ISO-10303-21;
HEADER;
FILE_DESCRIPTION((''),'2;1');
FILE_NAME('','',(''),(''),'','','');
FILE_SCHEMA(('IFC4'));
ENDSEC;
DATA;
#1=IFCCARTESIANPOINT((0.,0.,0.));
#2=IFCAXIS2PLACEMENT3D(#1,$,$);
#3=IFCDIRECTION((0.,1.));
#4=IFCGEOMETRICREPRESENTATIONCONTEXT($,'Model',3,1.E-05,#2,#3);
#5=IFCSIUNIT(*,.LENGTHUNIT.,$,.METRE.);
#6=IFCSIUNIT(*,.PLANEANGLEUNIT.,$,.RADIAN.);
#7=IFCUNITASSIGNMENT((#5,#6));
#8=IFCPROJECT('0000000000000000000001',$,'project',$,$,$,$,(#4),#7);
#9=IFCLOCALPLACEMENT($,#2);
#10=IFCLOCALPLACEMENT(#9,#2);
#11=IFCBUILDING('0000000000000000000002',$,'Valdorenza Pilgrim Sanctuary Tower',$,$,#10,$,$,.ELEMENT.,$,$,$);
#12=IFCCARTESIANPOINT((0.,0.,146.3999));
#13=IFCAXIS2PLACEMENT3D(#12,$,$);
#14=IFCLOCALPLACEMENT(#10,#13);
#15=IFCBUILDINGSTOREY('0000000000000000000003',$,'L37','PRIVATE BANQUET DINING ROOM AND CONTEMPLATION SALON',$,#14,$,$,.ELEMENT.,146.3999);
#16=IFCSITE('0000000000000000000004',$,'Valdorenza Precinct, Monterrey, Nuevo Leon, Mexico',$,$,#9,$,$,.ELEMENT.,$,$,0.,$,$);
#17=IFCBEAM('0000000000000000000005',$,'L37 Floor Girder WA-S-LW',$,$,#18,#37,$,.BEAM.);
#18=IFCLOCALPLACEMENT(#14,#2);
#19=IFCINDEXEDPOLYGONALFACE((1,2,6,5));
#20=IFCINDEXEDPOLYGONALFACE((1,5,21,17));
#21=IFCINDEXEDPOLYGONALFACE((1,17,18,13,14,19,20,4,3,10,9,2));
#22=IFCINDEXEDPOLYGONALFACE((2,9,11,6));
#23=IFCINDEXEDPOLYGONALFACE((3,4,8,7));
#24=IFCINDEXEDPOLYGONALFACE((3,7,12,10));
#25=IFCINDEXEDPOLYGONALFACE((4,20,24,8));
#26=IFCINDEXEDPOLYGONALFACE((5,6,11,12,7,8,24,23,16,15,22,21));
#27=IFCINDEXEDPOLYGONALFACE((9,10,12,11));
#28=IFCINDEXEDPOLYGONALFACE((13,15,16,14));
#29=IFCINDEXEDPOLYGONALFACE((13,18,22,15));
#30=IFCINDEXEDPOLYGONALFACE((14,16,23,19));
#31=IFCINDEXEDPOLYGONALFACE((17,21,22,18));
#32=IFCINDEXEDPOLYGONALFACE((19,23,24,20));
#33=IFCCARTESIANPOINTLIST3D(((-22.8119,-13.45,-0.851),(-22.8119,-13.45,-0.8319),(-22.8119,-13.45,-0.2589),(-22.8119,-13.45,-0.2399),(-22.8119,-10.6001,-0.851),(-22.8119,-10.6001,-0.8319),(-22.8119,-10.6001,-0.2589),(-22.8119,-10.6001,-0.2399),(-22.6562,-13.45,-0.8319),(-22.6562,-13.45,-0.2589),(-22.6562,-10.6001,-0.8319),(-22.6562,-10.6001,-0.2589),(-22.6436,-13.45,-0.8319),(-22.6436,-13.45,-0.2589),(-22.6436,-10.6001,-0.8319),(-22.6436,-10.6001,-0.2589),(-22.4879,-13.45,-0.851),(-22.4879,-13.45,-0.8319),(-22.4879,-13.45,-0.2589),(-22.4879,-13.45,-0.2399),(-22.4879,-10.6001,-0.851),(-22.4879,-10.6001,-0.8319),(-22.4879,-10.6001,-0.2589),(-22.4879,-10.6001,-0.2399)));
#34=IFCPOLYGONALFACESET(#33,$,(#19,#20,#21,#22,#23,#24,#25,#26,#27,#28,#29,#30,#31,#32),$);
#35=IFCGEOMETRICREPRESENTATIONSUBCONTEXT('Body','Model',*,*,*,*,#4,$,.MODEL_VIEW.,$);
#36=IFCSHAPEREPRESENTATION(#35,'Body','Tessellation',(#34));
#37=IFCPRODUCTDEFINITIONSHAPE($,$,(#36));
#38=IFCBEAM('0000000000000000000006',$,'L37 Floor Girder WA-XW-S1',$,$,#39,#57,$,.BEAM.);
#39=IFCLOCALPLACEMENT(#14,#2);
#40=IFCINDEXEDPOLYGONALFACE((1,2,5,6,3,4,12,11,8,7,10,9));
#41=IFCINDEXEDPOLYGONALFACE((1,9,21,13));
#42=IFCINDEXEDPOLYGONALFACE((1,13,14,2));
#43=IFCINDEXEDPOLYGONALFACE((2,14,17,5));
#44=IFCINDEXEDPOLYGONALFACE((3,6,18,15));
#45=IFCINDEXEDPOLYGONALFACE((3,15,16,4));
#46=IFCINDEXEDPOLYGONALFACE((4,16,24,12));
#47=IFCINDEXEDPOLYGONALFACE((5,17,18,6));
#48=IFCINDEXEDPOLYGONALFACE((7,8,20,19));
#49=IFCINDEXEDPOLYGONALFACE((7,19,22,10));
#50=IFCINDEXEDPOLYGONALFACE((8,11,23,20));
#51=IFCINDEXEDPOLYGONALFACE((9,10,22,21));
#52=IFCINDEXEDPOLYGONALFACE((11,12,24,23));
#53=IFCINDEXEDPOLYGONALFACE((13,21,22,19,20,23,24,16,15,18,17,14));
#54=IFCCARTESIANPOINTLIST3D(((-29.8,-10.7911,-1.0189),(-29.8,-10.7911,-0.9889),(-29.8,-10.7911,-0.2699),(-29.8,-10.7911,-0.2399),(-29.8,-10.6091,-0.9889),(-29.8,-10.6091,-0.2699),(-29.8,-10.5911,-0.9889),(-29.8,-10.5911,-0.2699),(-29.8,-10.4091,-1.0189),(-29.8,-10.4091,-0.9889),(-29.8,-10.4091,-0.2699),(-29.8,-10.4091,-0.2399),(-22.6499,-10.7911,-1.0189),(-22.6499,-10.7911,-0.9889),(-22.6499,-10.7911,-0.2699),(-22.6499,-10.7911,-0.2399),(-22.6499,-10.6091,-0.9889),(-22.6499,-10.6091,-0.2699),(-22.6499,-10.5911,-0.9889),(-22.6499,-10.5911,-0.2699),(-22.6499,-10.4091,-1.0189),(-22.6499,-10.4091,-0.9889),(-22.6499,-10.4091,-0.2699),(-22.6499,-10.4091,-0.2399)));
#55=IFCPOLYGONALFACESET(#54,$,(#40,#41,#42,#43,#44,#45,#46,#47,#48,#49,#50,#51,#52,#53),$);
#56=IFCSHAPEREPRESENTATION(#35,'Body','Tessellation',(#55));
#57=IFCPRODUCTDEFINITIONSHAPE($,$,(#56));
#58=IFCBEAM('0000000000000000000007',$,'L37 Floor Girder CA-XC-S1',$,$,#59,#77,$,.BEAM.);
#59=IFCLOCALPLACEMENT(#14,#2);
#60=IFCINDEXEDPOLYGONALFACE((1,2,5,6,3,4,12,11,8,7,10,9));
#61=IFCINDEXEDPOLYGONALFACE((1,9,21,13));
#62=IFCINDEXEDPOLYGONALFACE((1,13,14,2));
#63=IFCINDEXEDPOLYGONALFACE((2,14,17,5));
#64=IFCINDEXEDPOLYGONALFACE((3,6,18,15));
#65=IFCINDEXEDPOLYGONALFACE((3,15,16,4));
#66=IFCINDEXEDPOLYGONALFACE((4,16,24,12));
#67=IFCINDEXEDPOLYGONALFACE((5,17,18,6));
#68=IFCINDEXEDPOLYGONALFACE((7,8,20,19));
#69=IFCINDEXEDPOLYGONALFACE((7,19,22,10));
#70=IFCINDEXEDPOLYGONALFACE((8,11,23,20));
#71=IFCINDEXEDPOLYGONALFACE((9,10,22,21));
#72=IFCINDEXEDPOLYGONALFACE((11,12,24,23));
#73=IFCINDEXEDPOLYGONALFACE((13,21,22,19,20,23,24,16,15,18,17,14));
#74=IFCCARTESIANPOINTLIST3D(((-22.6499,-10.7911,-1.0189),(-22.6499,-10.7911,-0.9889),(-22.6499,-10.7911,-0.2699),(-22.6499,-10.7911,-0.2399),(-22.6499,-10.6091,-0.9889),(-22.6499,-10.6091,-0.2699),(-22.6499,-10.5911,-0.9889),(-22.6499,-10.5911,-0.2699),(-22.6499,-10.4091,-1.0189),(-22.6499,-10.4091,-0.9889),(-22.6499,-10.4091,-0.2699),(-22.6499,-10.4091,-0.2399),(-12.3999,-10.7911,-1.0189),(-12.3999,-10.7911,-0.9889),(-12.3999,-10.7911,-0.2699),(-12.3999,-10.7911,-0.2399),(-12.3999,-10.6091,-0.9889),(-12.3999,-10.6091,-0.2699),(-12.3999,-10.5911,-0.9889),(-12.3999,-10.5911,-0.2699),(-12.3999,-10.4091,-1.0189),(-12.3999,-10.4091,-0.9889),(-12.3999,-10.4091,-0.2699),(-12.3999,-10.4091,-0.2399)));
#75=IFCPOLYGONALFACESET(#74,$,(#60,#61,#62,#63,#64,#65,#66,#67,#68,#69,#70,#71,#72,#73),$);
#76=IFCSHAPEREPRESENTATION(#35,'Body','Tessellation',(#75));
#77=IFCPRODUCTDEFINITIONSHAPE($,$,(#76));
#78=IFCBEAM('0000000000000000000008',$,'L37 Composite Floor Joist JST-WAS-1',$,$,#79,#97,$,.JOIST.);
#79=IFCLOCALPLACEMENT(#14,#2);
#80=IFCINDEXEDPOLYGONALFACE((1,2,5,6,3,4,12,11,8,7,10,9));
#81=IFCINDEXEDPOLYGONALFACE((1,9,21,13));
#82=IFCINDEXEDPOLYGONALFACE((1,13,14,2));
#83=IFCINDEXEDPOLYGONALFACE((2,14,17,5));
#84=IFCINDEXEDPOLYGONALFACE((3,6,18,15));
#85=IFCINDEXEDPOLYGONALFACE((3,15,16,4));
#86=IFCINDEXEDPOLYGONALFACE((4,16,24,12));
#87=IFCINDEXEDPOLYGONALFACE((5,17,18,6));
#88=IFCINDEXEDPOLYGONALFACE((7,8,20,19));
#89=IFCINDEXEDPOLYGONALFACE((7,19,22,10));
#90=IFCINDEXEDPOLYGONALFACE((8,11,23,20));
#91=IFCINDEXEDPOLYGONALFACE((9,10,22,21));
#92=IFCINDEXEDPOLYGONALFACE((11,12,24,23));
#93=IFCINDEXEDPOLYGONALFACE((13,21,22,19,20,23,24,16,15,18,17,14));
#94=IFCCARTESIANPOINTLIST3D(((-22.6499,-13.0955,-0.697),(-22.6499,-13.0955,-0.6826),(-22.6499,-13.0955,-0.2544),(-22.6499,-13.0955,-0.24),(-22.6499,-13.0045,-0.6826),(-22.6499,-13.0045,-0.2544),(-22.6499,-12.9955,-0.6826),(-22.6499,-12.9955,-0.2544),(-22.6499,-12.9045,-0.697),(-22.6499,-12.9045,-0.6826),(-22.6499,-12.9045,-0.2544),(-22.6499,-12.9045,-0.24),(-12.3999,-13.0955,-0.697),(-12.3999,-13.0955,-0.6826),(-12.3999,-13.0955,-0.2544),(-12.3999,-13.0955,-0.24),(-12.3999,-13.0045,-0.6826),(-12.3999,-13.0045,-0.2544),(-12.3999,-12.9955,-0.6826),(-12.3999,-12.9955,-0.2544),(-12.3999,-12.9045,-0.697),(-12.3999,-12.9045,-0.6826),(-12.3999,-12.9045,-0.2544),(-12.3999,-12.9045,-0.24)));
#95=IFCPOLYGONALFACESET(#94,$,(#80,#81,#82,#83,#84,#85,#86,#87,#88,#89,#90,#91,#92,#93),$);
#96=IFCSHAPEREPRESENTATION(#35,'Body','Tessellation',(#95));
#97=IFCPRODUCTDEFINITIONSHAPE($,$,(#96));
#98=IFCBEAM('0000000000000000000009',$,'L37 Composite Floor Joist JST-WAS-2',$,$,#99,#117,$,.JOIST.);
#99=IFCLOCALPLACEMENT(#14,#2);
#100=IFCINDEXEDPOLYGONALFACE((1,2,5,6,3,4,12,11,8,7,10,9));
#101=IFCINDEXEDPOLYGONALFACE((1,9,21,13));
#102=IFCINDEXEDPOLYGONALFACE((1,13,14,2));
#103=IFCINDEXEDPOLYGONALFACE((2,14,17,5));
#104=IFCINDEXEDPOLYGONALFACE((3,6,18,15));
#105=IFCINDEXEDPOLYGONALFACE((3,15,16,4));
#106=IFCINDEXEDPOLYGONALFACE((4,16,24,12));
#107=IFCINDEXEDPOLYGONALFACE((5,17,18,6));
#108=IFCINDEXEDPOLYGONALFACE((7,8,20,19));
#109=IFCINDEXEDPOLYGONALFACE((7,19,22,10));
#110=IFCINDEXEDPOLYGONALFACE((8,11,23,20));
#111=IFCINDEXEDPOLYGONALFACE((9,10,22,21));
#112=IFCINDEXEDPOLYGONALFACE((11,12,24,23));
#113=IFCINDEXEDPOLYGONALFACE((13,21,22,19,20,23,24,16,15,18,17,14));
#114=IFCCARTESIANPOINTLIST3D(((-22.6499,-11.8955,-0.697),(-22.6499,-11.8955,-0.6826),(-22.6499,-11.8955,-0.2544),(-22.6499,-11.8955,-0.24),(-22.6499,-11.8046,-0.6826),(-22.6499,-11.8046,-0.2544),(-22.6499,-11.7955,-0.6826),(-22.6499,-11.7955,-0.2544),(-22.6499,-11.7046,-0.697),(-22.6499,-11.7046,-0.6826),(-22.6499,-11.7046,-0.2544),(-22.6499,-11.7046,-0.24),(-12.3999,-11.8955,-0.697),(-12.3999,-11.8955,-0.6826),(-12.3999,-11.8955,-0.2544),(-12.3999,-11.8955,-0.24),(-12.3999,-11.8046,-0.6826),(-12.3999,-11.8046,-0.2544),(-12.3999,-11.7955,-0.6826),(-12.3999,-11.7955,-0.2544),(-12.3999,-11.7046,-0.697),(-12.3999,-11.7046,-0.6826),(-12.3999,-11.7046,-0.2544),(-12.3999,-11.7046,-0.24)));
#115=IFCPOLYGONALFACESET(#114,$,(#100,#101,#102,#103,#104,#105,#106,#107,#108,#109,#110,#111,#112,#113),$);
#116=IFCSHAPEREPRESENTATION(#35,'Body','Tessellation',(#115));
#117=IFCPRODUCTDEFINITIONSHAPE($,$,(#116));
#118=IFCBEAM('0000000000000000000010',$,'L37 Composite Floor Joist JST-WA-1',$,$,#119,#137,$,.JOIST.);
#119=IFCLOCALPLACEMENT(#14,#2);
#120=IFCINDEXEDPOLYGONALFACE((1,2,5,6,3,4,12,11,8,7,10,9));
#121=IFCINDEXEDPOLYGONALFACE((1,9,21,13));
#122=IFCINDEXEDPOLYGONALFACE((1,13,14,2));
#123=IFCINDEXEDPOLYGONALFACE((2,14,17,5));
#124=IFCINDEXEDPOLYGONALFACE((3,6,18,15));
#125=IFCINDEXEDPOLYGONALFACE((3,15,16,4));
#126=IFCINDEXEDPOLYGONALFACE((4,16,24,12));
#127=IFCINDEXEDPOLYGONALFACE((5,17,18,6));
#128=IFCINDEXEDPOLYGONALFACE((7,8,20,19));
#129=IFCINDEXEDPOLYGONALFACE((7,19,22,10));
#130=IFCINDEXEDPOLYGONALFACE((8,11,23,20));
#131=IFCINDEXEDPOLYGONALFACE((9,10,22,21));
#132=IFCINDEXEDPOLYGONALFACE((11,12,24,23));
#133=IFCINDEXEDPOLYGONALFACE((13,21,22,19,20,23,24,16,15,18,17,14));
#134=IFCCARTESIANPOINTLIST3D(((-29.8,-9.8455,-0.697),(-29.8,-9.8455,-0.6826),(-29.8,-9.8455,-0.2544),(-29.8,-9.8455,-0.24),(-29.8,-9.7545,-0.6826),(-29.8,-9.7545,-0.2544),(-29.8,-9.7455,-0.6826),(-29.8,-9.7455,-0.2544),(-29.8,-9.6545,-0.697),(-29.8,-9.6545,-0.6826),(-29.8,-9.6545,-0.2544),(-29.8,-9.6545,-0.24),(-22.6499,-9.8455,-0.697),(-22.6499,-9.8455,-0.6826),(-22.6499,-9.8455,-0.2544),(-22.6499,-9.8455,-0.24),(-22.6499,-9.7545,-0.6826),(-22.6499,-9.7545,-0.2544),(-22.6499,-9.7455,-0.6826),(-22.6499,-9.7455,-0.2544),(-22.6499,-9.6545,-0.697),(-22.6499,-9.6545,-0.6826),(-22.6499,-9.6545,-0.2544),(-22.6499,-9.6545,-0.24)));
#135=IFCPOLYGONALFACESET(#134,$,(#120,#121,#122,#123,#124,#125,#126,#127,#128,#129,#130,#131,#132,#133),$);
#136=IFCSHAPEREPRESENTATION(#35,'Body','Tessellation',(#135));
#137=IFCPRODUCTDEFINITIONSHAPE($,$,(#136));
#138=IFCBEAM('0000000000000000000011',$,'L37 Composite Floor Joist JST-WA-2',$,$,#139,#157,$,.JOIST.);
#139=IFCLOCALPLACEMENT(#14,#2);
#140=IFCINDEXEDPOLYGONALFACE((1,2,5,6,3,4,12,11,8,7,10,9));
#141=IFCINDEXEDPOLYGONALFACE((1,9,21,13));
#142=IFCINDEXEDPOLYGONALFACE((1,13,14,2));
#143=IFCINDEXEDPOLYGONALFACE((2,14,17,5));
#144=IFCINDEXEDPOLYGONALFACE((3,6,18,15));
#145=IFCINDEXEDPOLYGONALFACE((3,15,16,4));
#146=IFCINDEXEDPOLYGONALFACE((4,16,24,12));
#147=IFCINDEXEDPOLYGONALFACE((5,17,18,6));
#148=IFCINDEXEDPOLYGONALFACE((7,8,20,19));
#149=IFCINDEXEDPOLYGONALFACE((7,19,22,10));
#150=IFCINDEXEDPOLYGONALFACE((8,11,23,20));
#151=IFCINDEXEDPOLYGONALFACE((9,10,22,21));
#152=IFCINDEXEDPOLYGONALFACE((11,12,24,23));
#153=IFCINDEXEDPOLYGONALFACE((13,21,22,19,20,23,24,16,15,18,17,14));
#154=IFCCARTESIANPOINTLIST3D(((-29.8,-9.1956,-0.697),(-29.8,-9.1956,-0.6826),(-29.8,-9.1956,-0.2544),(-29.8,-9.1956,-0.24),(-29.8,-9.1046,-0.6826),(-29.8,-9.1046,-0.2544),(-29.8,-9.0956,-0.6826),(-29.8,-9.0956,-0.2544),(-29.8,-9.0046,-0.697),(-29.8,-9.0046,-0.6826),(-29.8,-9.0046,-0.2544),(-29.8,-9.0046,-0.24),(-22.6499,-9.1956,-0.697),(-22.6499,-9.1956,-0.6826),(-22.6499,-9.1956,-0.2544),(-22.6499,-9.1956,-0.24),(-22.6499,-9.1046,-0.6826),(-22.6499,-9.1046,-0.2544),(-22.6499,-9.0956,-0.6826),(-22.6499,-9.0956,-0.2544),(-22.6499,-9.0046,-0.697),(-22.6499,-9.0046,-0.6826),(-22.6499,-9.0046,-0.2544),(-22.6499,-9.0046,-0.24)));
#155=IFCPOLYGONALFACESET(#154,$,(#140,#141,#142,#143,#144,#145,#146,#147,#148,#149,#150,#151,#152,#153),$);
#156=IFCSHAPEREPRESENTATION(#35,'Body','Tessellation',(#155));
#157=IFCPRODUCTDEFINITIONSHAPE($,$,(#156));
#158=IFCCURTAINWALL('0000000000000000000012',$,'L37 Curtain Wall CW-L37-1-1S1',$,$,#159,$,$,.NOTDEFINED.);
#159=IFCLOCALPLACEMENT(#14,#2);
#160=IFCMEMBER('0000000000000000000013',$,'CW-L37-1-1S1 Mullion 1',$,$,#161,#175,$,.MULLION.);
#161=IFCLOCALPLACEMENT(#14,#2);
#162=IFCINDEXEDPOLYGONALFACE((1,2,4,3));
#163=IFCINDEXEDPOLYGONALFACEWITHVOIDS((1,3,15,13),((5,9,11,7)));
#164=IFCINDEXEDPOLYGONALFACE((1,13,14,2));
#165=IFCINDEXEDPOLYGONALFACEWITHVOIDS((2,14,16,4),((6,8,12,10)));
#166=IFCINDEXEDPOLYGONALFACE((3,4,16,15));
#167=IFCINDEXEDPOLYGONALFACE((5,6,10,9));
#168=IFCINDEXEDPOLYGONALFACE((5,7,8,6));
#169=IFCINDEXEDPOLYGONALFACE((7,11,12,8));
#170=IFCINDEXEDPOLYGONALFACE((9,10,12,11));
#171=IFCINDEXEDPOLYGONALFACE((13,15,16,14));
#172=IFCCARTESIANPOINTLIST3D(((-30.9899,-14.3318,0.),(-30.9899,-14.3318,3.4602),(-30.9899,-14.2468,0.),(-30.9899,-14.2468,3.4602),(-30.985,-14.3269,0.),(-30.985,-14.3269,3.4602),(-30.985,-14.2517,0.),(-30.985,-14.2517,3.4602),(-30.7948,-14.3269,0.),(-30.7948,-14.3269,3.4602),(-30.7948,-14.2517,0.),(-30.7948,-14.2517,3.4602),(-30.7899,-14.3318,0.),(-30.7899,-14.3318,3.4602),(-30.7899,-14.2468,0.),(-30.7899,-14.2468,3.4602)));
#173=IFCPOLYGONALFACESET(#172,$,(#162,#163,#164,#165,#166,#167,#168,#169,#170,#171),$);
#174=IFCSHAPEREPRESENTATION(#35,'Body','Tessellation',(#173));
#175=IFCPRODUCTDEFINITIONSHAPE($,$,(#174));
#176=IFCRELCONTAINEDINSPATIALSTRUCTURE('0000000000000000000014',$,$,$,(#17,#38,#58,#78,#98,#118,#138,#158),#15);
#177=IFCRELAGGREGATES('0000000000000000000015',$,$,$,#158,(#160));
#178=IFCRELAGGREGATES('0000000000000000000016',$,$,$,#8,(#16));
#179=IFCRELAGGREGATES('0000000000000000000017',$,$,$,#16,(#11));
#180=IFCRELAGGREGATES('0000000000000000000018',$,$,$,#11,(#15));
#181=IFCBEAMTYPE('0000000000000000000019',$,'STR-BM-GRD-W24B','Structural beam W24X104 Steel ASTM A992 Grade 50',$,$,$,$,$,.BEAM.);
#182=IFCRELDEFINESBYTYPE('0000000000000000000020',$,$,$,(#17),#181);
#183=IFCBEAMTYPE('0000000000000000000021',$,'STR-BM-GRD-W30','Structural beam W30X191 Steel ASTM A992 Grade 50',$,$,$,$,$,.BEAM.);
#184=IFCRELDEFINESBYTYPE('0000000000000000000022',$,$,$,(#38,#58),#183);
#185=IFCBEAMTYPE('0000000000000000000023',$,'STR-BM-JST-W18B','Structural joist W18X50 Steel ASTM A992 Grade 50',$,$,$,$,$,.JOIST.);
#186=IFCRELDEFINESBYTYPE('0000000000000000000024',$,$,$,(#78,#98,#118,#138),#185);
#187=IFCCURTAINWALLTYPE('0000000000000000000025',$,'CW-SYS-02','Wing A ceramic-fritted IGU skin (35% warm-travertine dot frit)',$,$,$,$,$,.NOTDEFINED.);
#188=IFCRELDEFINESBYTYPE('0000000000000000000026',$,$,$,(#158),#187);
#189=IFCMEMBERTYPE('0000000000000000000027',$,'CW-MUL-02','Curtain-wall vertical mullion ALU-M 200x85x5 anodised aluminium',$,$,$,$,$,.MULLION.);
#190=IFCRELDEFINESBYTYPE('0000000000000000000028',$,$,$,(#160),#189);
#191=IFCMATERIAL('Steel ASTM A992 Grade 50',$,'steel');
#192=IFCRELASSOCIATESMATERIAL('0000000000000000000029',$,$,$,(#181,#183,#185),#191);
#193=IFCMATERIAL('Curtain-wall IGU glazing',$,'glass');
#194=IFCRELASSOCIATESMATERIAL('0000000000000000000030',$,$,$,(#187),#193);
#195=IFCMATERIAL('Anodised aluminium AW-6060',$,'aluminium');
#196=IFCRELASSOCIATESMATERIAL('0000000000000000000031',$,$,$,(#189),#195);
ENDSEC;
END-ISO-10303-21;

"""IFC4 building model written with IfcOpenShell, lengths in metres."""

from ifc_helpers import new_model, si_unit, direction, frame, origin, origin_2d, place, context, subcontext, project, spatial, hollow_rectangle, i_section, extrude, source, transform, mapped, material, material_profile, profile_set, type_object, element, aggregate, save


model = new_model("IFC4")

# Units and contexts
model_context = context("Model", 3, precision=1e-05, world=origin(), true_north=direction((0.0, 1.0)))
body_context = subcontext(model_context, "Body", "Model", "MODEL_VIEW")
ifc_project = project(units=[si_unit("LENGTHUNIT", "METRE"), si_unit("PLANEANGLEUNIT", "RADIAN")], contexts=[model_context])

# Site, building, storey
site_placement = place(None, origin())
site = spatial("IfcSite", under=ifc_project, at=site_placement, Name="Valdorenza Precinct, Monterrey, Nuevo Leon, Mexico", CompositionType="ELEMENT", RefElevation=0.0)
building_placement = place(site_placement, origin())
building = spatial("IfcBuilding", under=site, at=building_placement, Name="Valdorenza Pilgrim Sanctuary Tower", CompositionType="ELEMENT")
storey_placement = place(building_placement, frame((0.0, 0.0, 146.3999)))
storey = spatial("IfcBuildingStorey", under=building, at=storey_placement, Name="L37", Description="PRIVATE BANQUET DINING ROOM AND CONTEMPLATION SALON", CompositionType="ELEMENT", Elevation=146.3999)

# Shared definitions
ifc_material_1 = material(Name="Steel ASTM A992 Grade 50", Category="steel")

# Beams
ifc_material_profile_1 = material_profile(ifc_material_1, i_section(OverallWidth=0.324, OverallDepth=0.6111, WebThickness=0.0127, FlangeThickness=0.019, at=origin_2d()), Name="W24X104")
ifc_profile_set_1 = profile_set([ifc_material_profile_1], Name="Steel ASTM A992 Grade 50")
beam_type_1 = type_object("IfcBeamType", Name="STR-BM-GRD-W24B", Description="Structural beam W24X104 Steel ASTM A992 Grade 50", PredefinedType="BEAM", material=ifc_profile_set_1)
shared_shape_1 = source(origin(), body_context, "Body", "SweptSolid", [
    extrude(i_section(OverallWidth=0.324, OverallDepth=0.6111, WebThickness=0.0127, FlangeThickness=0.019, at=origin_2d()), origin(), (0.0, 0.0, 1.0), 2.8499),
])
beam_1_placement = place(storey_placement, frame((-22.6499, -13.45, -0.5454), z_axis=(0.0, 1.0, 0.0), x_axis=(-1.0, 0.0, 0.0)))
element("IfcBeam", 1, at=beam_1_placement, inside=storey, type_object=beam_type_1, Name="L37 Floor Girder WA-S-LW", PredefinedType="BEAM", context=body_context, shape_type="MappedRepresentation", body=[
    mapped(shared_shape_1, transform((0.0, 0.0, 0.0), x_axis=(1.0, 0.0, 0.0), y_axis=(0.0, 1.0, 0.0), z_axis=(0.0, 0.0, 1.0), scale=1.0)),
])
ifc_material_profile_2 = material_profile(ifc_material_1, i_section(OverallWidth=0.3821, OverallDepth=0.7791, WebThickness=0.0181, FlangeThickness=0.03, at=origin_2d()), Name="W30X191")
ifc_profile_set_2 = profile_set([ifc_material_profile_2], Name="Steel ASTM A992 Grade 50")
beam_type_2 = type_object("IfcBeamType", Name="STR-BM-GRD-W30", Description="Structural beam W30X191 Steel ASTM A992 Grade 50", PredefinedType="BEAM", material=ifc_profile_set_2)
shared_shape_2 = source(origin(), body_context, "Body", "SweptSolid", [
    extrude(i_section(OverallWidth=0.3821, OverallDepth=0.7791, WebThickness=0.0181, FlangeThickness=0.03, at=origin_2d()), origin(), (0.0, 0.0, 1.0), 7.1501),
])
beam_2_placement = place(storey_placement, frame((-29.8, -10.6001, -0.6294), z_axis=(1.0, 0.0, 0.0), x_axis=(0.0, 1.0, 0.0)))
element("IfcBeam", 2, at=beam_2_placement, inside=storey, type_object=beam_type_2, Name="L37 Floor Girder WA-XW-S1", PredefinedType="BEAM", context=body_context, shape_type="MappedRepresentation", body=[
    mapped(shared_shape_2, transform((0.0, 0.0, 0.0), x_axis=(1.0, 0.0, 0.0), y_axis=(0.0, 1.0, 0.0), z_axis=(0.0, 0.0, 1.0), scale=1.0)),
])
shared_shape_3 = source(origin(), body_context, "Body", "SweptSolid", [
    extrude(i_section(OverallWidth=0.3821, OverallDepth=0.7791, WebThickness=0.0181, FlangeThickness=0.03, at=origin_2d()), origin(), (0.0, 0.0, 1.0), 10.25),
])
beam_3_placement = place(storey_placement, frame((-22.6499, -10.6001, -0.6294), z_axis=(1.0, 0.0, 0.0), x_axis=(0.0, 1.0, 0.0)))
element("IfcBeam", 3, at=beam_3_placement, inside=storey, type_object=beam_type_2, Name="L37 Floor Girder CA-XC-S1", PredefinedType="BEAM", context=body_context, shape_type="MappedRepresentation", body=[
    mapped(shared_shape_3, transform((0.0, 0.0, 0.0), x_axis=(1.0, 0.0, 0.0), y_axis=(0.0, 1.0, 0.0), z_axis=(0.0, 0.0, 1.0), scale=1.0)),
])
ifc_material_profile_3 = material_profile(ifc_material_1, i_section(OverallWidth=0.1909, OverallDepth=0.457, WebThickness=0.009, FlangeThickness=0.0144, at=origin_2d()), Name="W18X50")
ifc_profile_set_3 = profile_set([ifc_material_profile_3], Name="Steel ASTM A992 Grade 50")
beam_type_3 = type_object("IfcBeamType", Name="STR-BM-JST-W18B", Description="Structural joist W18X50 Steel ASTM A992 Grade 50", PredefinedType="JOIST", material=ifc_profile_set_3)
shared_shape_4 = source(origin(), body_context, "Body", "SweptSolid", [
    extrude(i_section(OverallWidth=0.1909, OverallDepth=0.457, WebThickness=0.009, FlangeThickness=0.0144, at=origin_2d()), origin(), (0.0, 0.0, 1.0), 10.25),
])
for number, where, z_axis, x_axis, name in (
    (4, (-22.6499, -13.0, -0.4685), (1.0, 0.0, 0.0), (0.0, 1.0, 0.0), "L37 Composite Floor Joist JST-WAS-1"),
    (5, (-22.6499, -11.8, -0.4685), (1.0, 0.0, 0.0), (0.0, 1.0, 0.0), "L37 Composite Floor Joist JST-WAS-2"),
):
    element("IfcBeam", number, at=place(storey_placement, frame(where, z_axis=z_axis, x_axis=x_axis)), inside=storey, type_object=beam_type_3, Name=name, PredefinedType="JOIST", context=body_context, shape_type="MappedRepresentation", body=[
        mapped(shared_shape_4, transform((0.0, 0.0, 0.0), x_axis=(1.0, 0.0, 0.0), y_axis=(0.0, 1.0, 0.0), z_axis=(0.0, 0.0, 1.0), scale=1.0)),
    ])
shared_shape_5 = source(origin(), body_context, "Body", "SweptSolid", [
    extrude(i_section(OverallWidth=0.1909, OverallDepth=0.457, WebThickness=0.009, FlangeThickness=0.0144, at=origin_2d()), origin(), (0.0, 0.0, 1.0), 7.1501),
])
for number, where, z_axis, x_axis, name in (
    (6, (-29.8, -9.75, -0.4685), (1.0, 0.0, 0.0), (0.0, 1.0, 0.0), "L37 Composite Floor Joist JST-WA-1"),
    (7, (-29.8, -9.1001, -0.4685), (1.0, 0.0, 0.0), (0.0, 1.0, 0.0), "L37 Composite Floor Joist JST-WA-2"),
):
    element("IfcBeam", number, at=place(storey_placement, frame(where, z_axis=z_axis, x_axis=x_axis)), inside=storey, type_object=beam_type_3, Name=name, PredefinedType="JOIST", context=body_context, shape_type="MappedRepresentation", body=[
        mapped(shared_shape_5, transform((0.0, 0.0, 0.0), x_axis=(1.0, 0.0, 0.0), y_axis=(0.0, 1.0, 0.0), z_axis=(0.0, 0.0, 1.0), scale=1.0)),
    ])

# Curtain wall, member
ifc_material_2 = material(Name="Curtain-wall IGU glazing", Category="glass")
curtain_wall_type = type_object("IfcCurtainWallType", Name="CW-SYS-02", Description="Wing A ceramic-fritted IGU skin (35% warm-travertine dot frit)", PredefinedType="NOTDEFINED", material=ifc_material_2)
curtain_wall_1_placement = place(storey_placement, origin())
curtain_wall_1 = element("IfcCurtainWall", 8, at=curtain_wall_1_placement, inside=storey, type_object=curtain_wall_type, Name="L37 Curtain Wall CW-L37-1-1S1", PredefinedType="NOTDEFINED")
ifc_material_3 = material(Name="Anodised aluminium AW-6060", Category="aluminium")
ifc_material_profile_4 = material_profile(ifc_material_3, hollow_rectangle(XDim=0.085, YDim=0.2, WallThickness=0.0049, at=origin_2d()), Name="ALU-M 200x85x5")
ifc_profile_set_4 = profile_set([ifc_material_profile_4], Name="Anodised aluminium AW-6060")
member_type_1 = type_object("IfcMemberType", Name="CW-MUL-02", Description="Curtain-wall vertical mullion ALU-M 200x85x5 anodised aluminium", PredefinedType="MULLION", material=ifc_profile_set_4)
shared_shape_6 = source(origin(), body_context, "Body", "SweptSolid", [
    extrude(hollow_rectangle(XDim=0.085, YDim=0.2, WallThickness=0.0049, at=origin_2d()), origin(), (0.0, 0.0, 1.0), 3.4602),
])
member_1_placement = place(storey_placement, frame((-30.8899, -14.2893, 0.0), z_axis=(0.0, 0.0, 1.0), x_axis=(0.0, 1.0, 0.0)))
member_1 = element("IfcMember", 9, at=member_1_placement, type_object=member_type_1, Name="CW-L37-1-1S1 Mullion 1", PredefinedType="MULLION", context=body_context, shape_type="MappedRepresentation", body=[
    mapped(shared_shape_6, transform((0.0, 0.0, 0.0), x_axis=(1.0, 0.0, 0.0), y_axis=(0.0, 1.0, 0.0), z_axis=(0.0, 0.0, 1.0), scale=1.0)),
])

aggregate(curtain_wall_1, [member_1])

save(model, "model.ifc")
